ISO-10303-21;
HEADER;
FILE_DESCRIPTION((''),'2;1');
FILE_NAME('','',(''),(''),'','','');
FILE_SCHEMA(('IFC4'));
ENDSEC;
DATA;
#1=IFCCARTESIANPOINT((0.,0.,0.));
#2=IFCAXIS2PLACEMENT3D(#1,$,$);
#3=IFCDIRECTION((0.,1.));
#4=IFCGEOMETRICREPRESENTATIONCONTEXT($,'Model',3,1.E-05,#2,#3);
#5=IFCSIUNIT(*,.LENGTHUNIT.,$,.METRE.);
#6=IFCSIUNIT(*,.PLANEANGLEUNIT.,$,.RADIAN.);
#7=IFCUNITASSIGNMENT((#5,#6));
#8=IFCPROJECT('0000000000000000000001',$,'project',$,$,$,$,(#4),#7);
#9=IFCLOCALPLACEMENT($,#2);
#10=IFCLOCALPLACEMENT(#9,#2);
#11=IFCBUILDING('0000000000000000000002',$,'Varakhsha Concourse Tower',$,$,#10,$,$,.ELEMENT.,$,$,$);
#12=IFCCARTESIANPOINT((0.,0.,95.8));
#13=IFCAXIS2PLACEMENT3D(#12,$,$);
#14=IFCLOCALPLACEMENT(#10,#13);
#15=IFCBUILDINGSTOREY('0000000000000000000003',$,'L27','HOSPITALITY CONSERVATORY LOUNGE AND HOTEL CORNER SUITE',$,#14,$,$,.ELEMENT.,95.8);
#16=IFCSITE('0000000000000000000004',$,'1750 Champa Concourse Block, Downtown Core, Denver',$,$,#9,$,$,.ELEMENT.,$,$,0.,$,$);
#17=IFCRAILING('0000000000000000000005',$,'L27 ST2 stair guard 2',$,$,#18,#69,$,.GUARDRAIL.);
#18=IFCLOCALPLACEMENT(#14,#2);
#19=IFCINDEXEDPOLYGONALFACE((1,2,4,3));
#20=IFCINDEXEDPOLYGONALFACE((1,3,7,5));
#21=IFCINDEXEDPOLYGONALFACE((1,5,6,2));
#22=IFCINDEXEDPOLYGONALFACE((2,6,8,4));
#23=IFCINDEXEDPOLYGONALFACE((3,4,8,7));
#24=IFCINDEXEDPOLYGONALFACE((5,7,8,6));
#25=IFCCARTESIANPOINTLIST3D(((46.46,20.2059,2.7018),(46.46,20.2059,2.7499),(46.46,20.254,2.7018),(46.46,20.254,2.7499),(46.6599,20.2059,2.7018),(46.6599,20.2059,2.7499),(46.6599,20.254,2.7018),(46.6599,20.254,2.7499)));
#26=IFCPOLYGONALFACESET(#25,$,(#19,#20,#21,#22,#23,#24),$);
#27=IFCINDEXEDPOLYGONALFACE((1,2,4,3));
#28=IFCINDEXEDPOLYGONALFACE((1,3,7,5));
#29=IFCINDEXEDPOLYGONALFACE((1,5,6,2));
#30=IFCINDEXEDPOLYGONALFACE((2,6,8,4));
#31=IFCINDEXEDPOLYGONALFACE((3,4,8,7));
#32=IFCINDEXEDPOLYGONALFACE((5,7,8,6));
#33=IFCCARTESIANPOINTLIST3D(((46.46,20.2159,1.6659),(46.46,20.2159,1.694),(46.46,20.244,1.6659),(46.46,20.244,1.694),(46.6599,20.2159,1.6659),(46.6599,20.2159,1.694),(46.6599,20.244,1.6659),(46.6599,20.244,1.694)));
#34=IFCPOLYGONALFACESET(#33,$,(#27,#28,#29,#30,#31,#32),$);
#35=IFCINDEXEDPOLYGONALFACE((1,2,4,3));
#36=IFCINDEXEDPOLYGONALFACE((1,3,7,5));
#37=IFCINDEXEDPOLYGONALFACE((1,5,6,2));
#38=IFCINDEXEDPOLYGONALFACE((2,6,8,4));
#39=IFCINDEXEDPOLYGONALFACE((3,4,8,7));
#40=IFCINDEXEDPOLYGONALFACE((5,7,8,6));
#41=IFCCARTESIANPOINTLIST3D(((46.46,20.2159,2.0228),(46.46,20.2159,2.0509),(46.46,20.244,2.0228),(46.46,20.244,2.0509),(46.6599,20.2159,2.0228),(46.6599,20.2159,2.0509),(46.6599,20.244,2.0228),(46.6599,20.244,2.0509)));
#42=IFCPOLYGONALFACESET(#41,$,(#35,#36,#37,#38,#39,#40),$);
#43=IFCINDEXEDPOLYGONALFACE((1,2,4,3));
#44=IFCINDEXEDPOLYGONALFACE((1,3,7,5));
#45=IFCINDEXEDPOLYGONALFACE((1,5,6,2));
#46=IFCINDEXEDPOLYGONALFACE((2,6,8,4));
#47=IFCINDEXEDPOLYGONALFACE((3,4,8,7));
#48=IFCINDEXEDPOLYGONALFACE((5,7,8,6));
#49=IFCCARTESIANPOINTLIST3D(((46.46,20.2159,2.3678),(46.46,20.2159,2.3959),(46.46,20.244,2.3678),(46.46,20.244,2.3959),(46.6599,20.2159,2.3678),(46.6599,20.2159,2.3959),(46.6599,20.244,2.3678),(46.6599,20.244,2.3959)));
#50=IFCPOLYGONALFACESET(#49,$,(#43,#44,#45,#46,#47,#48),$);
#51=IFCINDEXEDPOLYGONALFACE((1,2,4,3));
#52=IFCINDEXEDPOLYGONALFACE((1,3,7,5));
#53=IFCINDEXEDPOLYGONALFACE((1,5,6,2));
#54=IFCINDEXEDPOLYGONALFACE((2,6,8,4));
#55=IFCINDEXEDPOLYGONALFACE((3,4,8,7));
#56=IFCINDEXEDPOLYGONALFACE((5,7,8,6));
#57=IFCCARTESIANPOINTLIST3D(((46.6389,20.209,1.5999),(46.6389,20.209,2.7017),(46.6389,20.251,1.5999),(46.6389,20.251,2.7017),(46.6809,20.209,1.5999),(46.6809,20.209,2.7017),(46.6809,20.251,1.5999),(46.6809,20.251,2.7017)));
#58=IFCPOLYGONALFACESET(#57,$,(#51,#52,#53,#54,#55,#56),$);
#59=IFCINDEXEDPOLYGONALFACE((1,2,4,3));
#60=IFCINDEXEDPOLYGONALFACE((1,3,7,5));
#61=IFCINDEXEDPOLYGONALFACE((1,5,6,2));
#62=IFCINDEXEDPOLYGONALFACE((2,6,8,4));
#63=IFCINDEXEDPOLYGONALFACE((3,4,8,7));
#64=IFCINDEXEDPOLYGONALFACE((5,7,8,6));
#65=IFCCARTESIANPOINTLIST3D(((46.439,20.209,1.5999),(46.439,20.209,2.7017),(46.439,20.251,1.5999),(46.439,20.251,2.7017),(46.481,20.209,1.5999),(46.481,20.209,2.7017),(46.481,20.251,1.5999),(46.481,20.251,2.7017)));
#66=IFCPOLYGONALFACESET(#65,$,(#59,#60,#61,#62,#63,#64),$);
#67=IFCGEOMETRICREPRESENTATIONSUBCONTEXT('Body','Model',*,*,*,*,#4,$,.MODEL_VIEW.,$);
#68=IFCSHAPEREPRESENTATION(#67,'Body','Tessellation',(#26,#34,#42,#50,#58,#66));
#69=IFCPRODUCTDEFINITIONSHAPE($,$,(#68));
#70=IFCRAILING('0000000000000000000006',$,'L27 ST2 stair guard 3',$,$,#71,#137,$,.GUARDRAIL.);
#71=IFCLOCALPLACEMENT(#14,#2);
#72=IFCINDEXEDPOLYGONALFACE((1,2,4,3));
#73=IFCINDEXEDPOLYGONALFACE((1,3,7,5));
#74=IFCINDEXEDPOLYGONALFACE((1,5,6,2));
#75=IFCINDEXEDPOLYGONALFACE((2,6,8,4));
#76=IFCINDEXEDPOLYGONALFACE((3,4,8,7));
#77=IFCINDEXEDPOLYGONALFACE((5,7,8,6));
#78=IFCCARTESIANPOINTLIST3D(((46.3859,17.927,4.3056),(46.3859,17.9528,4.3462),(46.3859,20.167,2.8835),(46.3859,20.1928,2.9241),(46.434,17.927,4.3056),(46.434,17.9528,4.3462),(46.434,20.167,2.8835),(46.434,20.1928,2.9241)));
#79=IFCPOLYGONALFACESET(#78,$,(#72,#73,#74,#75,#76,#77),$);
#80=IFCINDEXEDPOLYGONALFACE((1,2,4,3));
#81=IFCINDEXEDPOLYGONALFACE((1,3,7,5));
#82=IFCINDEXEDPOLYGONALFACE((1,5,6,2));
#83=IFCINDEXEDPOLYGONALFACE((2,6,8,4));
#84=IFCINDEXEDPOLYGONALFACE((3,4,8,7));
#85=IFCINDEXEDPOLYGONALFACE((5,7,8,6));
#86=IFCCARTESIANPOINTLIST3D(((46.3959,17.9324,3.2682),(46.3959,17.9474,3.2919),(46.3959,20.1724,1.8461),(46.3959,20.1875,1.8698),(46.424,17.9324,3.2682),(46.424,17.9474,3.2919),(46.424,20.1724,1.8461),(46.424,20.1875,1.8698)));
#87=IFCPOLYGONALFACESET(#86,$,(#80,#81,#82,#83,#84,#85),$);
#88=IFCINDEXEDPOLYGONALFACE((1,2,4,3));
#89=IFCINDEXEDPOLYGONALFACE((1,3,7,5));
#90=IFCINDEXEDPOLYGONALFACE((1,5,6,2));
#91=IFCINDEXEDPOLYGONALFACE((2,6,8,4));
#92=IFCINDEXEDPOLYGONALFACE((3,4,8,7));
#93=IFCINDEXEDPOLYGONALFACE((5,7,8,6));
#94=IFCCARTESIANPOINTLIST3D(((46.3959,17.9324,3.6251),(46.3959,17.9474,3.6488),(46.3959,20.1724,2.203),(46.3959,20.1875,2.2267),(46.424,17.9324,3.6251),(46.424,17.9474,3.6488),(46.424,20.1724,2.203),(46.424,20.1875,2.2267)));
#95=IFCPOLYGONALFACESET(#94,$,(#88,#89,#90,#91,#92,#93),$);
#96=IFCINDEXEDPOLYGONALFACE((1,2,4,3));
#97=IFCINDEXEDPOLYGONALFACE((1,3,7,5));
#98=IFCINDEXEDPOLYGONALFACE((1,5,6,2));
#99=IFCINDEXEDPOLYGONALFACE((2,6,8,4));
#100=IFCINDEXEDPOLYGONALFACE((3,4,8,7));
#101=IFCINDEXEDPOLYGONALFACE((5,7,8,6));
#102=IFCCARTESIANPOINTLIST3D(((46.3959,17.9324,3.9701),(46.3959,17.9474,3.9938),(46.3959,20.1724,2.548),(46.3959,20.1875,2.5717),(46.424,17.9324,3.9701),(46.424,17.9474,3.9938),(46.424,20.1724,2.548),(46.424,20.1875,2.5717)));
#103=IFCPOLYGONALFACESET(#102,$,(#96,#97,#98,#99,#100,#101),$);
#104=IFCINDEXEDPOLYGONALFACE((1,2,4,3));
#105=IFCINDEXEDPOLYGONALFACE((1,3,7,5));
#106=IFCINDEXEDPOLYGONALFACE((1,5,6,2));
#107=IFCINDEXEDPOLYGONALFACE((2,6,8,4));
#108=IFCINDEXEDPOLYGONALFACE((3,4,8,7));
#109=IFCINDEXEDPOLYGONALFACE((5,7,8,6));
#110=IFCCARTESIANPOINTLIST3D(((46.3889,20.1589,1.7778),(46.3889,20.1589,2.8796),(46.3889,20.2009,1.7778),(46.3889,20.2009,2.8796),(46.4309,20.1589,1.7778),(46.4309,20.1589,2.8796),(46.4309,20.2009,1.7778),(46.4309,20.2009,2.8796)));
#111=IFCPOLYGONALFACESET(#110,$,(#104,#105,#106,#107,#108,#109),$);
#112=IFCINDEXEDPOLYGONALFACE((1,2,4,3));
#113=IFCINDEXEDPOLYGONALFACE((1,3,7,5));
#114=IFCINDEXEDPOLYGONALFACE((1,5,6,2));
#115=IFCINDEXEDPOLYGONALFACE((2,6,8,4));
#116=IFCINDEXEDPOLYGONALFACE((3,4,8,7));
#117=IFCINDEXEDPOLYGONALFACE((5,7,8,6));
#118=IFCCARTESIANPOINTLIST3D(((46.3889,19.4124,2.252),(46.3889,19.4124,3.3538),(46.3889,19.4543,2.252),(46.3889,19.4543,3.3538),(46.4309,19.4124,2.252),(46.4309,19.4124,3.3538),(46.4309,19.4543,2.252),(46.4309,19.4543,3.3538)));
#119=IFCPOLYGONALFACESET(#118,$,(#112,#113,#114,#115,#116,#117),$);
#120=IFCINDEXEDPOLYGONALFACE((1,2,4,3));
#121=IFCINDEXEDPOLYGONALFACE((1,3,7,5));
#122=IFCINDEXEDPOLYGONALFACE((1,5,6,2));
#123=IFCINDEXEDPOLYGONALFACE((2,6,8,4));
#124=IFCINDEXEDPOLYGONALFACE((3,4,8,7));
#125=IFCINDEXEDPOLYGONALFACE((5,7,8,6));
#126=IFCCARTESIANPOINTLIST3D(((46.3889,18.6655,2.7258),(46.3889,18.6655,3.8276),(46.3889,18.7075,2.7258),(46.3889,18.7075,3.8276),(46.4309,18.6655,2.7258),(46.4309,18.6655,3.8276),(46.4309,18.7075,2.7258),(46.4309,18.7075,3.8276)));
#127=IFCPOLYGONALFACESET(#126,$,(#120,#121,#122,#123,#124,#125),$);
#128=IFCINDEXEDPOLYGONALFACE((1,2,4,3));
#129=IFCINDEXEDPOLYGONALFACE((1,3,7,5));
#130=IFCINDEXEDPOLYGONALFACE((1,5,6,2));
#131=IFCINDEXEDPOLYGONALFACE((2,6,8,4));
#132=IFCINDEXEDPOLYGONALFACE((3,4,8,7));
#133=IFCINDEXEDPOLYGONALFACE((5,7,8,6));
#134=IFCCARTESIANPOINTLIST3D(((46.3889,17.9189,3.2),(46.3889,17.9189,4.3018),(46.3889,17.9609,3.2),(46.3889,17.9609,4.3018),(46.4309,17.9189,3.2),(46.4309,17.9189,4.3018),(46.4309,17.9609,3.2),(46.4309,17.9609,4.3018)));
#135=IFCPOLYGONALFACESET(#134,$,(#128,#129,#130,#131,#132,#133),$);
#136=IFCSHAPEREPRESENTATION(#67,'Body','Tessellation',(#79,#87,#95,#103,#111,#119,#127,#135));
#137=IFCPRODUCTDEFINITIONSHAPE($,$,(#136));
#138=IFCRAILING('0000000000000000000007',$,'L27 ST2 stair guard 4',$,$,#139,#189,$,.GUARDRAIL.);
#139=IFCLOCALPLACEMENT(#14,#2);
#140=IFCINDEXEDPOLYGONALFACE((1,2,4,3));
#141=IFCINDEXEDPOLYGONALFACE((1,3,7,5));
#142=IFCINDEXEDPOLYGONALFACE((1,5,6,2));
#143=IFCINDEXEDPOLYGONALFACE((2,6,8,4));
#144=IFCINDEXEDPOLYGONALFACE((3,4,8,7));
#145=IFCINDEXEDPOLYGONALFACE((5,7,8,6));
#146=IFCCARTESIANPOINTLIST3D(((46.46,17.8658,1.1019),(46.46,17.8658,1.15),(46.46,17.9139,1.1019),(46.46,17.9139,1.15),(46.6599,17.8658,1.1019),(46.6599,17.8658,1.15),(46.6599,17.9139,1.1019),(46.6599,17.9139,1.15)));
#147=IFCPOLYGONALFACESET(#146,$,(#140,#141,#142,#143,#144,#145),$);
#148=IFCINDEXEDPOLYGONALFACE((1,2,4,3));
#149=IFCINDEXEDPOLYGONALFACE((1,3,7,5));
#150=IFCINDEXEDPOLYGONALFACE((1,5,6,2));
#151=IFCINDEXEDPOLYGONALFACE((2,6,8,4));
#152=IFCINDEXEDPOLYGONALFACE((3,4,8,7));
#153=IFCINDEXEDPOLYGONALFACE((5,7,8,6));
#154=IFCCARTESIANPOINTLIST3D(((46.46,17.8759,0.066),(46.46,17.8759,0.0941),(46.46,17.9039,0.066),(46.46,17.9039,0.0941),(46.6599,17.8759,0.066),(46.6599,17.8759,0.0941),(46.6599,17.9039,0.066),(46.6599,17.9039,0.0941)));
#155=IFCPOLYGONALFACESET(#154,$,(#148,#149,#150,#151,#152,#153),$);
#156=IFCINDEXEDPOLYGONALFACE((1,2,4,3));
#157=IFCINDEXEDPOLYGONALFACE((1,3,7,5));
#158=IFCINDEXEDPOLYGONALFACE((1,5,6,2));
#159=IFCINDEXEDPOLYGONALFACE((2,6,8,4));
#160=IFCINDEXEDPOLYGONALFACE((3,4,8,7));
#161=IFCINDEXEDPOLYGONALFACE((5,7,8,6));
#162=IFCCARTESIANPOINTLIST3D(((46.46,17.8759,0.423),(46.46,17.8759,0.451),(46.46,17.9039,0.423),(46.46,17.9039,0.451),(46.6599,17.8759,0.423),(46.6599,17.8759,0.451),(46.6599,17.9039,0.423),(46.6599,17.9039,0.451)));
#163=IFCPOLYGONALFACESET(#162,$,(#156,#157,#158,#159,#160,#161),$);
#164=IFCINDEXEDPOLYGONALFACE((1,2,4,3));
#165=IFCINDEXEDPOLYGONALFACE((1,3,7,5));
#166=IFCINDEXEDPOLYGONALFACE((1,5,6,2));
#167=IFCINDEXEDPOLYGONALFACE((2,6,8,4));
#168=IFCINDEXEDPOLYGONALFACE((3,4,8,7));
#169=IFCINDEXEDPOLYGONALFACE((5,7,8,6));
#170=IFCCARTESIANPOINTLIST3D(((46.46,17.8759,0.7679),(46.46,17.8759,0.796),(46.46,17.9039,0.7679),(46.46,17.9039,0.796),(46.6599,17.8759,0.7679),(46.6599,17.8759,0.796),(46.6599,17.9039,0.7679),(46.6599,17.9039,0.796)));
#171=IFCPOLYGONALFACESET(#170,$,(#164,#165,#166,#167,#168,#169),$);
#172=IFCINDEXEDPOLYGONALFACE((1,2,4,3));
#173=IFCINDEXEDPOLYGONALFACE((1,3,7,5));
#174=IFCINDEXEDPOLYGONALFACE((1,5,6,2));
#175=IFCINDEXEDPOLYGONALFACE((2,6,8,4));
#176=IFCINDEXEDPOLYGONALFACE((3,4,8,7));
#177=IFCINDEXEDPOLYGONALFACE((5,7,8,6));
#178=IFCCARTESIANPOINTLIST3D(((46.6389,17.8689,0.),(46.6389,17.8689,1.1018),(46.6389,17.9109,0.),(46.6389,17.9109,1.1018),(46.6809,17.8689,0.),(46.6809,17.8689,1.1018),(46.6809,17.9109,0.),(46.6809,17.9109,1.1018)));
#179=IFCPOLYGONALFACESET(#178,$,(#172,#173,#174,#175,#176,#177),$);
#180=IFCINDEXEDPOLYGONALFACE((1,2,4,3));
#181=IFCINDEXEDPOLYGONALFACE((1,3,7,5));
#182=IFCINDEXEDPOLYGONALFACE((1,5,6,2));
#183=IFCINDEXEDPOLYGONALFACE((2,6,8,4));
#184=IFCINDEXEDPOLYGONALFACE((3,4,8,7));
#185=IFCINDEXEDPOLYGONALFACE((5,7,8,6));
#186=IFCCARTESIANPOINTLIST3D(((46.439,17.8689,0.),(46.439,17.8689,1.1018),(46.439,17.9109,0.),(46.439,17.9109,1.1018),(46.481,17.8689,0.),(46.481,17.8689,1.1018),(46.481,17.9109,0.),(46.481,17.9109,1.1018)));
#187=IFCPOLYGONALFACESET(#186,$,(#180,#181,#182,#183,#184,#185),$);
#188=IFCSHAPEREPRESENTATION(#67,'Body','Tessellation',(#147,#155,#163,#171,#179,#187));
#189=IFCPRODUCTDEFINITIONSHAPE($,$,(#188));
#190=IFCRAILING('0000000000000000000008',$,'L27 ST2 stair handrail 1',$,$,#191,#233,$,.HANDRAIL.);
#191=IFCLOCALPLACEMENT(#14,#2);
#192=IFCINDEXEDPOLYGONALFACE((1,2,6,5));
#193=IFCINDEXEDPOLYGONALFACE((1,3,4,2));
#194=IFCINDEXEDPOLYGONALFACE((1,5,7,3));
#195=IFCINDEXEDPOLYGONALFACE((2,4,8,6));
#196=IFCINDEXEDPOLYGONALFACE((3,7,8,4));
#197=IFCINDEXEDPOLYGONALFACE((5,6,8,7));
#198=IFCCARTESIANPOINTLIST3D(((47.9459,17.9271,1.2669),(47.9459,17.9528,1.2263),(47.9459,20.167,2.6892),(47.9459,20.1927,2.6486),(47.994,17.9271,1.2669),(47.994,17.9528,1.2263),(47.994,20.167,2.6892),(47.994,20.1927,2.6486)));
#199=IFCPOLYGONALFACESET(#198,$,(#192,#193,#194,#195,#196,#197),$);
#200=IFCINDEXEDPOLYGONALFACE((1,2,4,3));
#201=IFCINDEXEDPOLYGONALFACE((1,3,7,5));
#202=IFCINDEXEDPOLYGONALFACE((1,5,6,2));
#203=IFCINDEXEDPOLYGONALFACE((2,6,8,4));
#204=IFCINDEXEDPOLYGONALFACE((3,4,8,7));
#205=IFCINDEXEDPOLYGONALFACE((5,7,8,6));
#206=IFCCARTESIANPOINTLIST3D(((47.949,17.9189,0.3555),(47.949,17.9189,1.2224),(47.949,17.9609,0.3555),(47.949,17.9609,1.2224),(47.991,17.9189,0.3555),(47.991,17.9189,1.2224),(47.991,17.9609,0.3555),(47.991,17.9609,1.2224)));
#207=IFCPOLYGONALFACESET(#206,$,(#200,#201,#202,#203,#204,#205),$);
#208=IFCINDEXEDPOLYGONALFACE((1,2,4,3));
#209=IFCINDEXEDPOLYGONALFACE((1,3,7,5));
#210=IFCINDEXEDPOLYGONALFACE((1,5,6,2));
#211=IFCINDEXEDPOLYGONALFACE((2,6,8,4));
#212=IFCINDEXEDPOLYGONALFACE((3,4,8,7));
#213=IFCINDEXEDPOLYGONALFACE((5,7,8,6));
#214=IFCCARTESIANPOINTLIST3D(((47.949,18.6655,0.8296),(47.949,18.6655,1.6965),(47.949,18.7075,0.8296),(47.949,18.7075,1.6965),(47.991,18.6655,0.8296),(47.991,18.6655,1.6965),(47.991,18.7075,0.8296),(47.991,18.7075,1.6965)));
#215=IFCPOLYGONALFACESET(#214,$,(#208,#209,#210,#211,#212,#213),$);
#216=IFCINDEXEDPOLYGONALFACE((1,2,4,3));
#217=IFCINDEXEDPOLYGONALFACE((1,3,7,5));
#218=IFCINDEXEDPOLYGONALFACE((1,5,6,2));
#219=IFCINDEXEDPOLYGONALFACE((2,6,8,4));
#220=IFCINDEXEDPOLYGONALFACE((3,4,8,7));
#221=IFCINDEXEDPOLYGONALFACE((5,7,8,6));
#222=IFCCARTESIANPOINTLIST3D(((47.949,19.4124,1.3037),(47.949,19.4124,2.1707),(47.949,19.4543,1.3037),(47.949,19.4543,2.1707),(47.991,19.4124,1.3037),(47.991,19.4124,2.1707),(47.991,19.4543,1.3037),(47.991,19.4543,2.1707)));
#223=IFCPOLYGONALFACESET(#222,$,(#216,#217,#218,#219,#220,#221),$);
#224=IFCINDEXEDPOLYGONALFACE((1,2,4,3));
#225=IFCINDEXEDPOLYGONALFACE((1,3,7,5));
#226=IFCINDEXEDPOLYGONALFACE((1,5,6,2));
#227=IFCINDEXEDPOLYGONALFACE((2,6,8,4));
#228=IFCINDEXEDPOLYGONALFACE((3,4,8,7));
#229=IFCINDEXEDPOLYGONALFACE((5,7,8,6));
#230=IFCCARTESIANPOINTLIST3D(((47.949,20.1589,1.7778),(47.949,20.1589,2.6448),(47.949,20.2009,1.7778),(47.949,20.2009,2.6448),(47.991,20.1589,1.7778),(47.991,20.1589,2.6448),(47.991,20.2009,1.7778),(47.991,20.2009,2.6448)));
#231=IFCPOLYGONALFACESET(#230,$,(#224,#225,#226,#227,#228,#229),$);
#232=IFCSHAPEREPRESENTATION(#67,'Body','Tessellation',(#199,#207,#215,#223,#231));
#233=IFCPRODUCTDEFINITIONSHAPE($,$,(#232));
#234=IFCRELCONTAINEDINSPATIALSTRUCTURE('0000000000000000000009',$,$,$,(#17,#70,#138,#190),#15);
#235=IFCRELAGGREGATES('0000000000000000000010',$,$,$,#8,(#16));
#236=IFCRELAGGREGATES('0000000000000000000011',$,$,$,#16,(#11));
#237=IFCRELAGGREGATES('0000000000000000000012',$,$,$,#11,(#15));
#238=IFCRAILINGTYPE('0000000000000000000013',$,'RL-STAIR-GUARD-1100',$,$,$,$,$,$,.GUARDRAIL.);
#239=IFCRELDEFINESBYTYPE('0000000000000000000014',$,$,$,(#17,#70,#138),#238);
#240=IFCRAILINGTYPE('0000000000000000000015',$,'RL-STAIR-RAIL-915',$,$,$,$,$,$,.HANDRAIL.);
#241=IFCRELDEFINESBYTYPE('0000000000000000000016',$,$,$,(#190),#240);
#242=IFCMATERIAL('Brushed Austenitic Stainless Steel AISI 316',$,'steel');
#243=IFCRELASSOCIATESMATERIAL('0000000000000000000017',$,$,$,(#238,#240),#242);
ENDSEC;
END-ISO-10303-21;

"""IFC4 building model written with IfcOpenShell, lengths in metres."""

from ifc_helpers import new_model, si_unit, direction, frame, origin, origin_2d, place, context, subcontext, project, spatial, rectangle, extrude, material, type_object, element, save


model = new_model("IFC4")

# Units and contexts
model_context = context("Model", 3, precision=1e-05, world=origin(), true_north=direction((0.0, 1.0)))
body_context = subcontext(model_context, "Body", "Model", "MODEL_VIEW")
ifc_project = project(units=[si_unit("LENGTHUNIT", "METRE"), si_unit("PLANEANGLEUNIT", "RADIAN")], contexts=[model_context])

# Site, building, storey
site_placement = place(None, origin())
site = spatial("IfcSite", under=ifc_project, at=site_placement, Name="1750 Champa Concourse Block, Downtown Core, Denver", CompositionType="ELEMENT", RefElevation=0.0)
building_placement = place(site_placement, origin())
building = spatial("IfcBuilding", under=site, at=building_placement, Name="Varakhsha Concourse Tower", CompositionType="ELEMENT")
storey_placement = place(building_placement, frame((0.0, 0.0, 95.8)))
storey = spatial("IfcBuildingStorey", under=building, at=storey_placement, Name="L27", Description="HOSPITALITY CONSERVATORY LOUNGE AND HOTEL CORNER SUITE", CompositionType="ELEMENT", Elevation=95.8)

# Railings
ifc_material_1 = material(Name="Brushed Austenitic Stainless Steel AISI 316", Category="steel")
railing_type_1 = type_object("IfcRailingType", Name="RL-STAIR-GUARD-1100", PredefinedType="GUARDRAIL", material=ifc_material_1)
railing_1_placement = place(storey_placement, frame((46.6599, 20.23, 1.5999)))
element("IfcRailing", 1, at=railing_1_placement, inside=storey, type_object=railing_type_1, Name="L27 ST2 stair guard 2", PredefinedType="GUARDRAIL", context=body_context, shape_type="SweptSolid", body=[
    extrude(rectangle(XDim=0.0481, YDim=0.0481, at=origin_2d()), frame((0.0, 0.0, 1.126), z_axis=(-1.0, 0.0, 0.0), x_axis=(0.0, -1.0, 0.0)), (0.0, 0.0, 1.0), 0.2),
    extrude(rectangle(XDim=0.0281, YDim=0.0281, at=origin_2d()), frame((0.0, 0.0, 0.0801), z_axis=(-1.0, 0.0, 0.0), x_axis=(0.0, -1.0, 0.0)), (0.0, 0.0, 1.0), 0.2),
    extrude(rectangle(XDim=0.0281, YDim=0.0281, at=origin_2d()), frame((0.0, 0.0, 0.437), z_axis=(-1.0, 0.0, 0.0), x_axis=(0.0, -1.0, 0.0)), (0.0, 0.0, 1.0), 0.2),
    extrude(rectangle(XDim=0.0281, YDim=0.0281, at=origin_2d()), frame((0.0, 0.0, 0.782), z_axis=(-1.0, 0.0, 0.0), x_axis=(0.0, -1.0, 0.0)), (0.0, 0.0, 1.0), 0.2),
    extrude(rectangle(XDim=0.042, YDim=0.042, at=origin_2d()), origin(), (0.0, 0.0, 1.0), 1.1018),
    extrude(rectangle(XDim=0.042, YDim=0.042, at=origin_2d()), frame((-0.2, 0.0, 0.0)), (0.0, 0.0, 1.0), 1.1018),
])
railing_2_placement = place(storey_placement, frame((46.4099, 20.1799, 1.7778)))
element("IfcRailing", 2, at=railing_2_placement, inside=storey, type_object=railing_type_1, Name="L27 ST2 stair guard 3", PredefinedType="GUARDRAIL", context=body_context, shape_type="SweptSolid", body=[
    extrude(rectangle(XDim=0.0481, YDim=0.0481, at=origin_2d()), frame((0.0, 0.0, 1.126), z_axis=(0.0, -0.844229, 0.535982), x_axis=(1.0, 0.0, 0.0)), (0.0, 0.0, 1.0), 2.6533),
    extrude(rectangle(XDim=0.0281, YDim=0.0281, at=origin_2d()), frame((0.0, 0.0, 0.0801), z_axis=(0.0, -0.844229, 0.535982), x_axis=(1.0, 0.0, 0.0)), (0.0, 0.0, 1.0), 2.6533),
    extrude(rectangle(XDim=0.0281, YDim=0.0281, at=origin_2d()), frame((0.0, 0.0, 0.437), z_axis=(0.0, -0.844229, 0.535982), x_axis=(1.0, 0.0, 0.0)), (0.0, 0.0, 1.0), 2.6533),
    extrude(rectangle(XDim=0.0281, YDim=0.0281, at=origin_2d()), frame((0.0, 0.0, 0.782), z_axis=(0.0, -0.844229, 0.535982), x_axis=(1.0, 0.0, 0.0)), (0.0, 0.0, 1.0), 2.6533),
    extrude(rectangle(XDim=0.042, YDim=0.042, at=origin_2d()), origin(), (0.0, 0.0, 1.0), 1.1018),
    extrude(rectangle(XDim=0.042, YDim=0.042, at=origin_2d()), frame((0.0, -0.7466, 0.4741)), (0.0, 0.0, 1.0), 1.1018),
    extrude(rectangle(XDim=0.042, YDim=0.042, at=origin_2d()), frame((0.0, -1.4934, 0.948)), (0.0, 0.0, 1.0), 1.1018),
    extrude(rectangle(XDim=0.042, YDim=0.042, at=origin_2d()), frame((0.0, -2.24, 1.4221)), (0.0, 0.0, 1.0), 1.1018),
])
railing_3_placement = place(storey_placement, frame((46.6599, 17.8899, 0.0)))
element("IfcRailing", 3, at=railing_3_placement, inside=storey, type_object=railing_type_1, Name="L27 ST2 stair guard 4", PredefinedType="GUARDRAIL", context=body_context, shape_type="SweptSolid", body=[
    extrude(rectangle(XDim=0.0481, YDim=0.0481, at=origin_2d()), frame((0.0, 0.0, 1.126), z_axis=(-1.0, 0.0, 0.0), x_axis=(0.0, -1.0, 0.0)), (0.0, 0.0, 1.0), 0.2),
    extrude(rectangle(XDim=0.0281, YDim=0.0281, at=origin_2d()), frame((0.0, 0.0, 0.0801), z_axis=(-1.0, 0.0, 0.0), x_axis=(0.0, -1.0, 0.0)), (0.0, 0.0, 1.0), 0.2),
    extrude(rectangle(XDim=0.0281, YDim=0.0281, at=origin_2d()), frame((0.0, 0.0, 0.437), z_axis=(-1.0, 0.0, 0.0), x_axis=(0.0, -1.0, 0.0)), (0.0, 0.0, 1.0), 0.2),
    extrude(rectangle(XDim=0.0281, YDim=0.0281, at=origin_2d()), frame((0.0, 0.0, 0.782), z_axis=(-1.0, 0.0, 0.0), x_axis=(0.0, -1.0, 0.0)), (0.0, 0.0, 1.0), 0.2),
    extrude(rectangle(XDim=0.042, YDim=0.042, at=origin_2d()), origin(), (0.0, 0.0, 1.0), 1.1018),
    extrude(rectangle(XDim=0.042, YDim=0.042, at=origin_2d()), frame((-0.2, 0.0, 0.0)), (0.0, 0.0, 1.0), 1.1018),
])
railing_type_2 = type_object("IfcRailingType", Name="RL-STAIR-RAIL-915", PredefinedType="HANDRAIL", material=ifc_material_1)
railing_4_placement = place(storey_placement, frame((47.97, 17.9399, 0.3555)))
element("IfcRailing", 4, at=railing_4_placement, inside=storey, type_object=railing_type_2, Name="L27 ST2 stair handrail 1", PredefinedType="HANDRAIL", context=body_context, shape_type="SweptSolid", body=[
    extrude(rectangle(XDim=0.0481, YDim=0.0481, at=origin_2d()), frame((0.0, 0.0, 0.8911), z_axis=(0.0, 0.844188, 0.536048), x_axis=(-1.0, 0.0, 0.0)), (0.0, 0.0, 1.0), 2.6533),
    extrude(rectangle(XDim=0.042, YDim=0.042, at=origin_2d()), origin(), (0.0, 0.0, 1.0), 0.8669),
    extrude(rectangle(XDim=0.042, YDim=0.042, at=origin_2d()), frame((0.0, 0.7466, 0.4741)), (0.0, 0.0, 1.0), 0.8669),
    extrude(rectangle(XDim=0.042, YDim=0.042, at=origin_2d()), frame((0.0, 1.4934, 0.9482)), (0.0, 0.0, 1.0), 0.8669),
    extrude(rectangle(XDim=0.042, YDim=0.042, at=origin_2d()), frame((0.0, 2.24, 1.4224)), (0.0, 0.0, 1.0), 0.8669),
])

save(model, "model.ifc")
